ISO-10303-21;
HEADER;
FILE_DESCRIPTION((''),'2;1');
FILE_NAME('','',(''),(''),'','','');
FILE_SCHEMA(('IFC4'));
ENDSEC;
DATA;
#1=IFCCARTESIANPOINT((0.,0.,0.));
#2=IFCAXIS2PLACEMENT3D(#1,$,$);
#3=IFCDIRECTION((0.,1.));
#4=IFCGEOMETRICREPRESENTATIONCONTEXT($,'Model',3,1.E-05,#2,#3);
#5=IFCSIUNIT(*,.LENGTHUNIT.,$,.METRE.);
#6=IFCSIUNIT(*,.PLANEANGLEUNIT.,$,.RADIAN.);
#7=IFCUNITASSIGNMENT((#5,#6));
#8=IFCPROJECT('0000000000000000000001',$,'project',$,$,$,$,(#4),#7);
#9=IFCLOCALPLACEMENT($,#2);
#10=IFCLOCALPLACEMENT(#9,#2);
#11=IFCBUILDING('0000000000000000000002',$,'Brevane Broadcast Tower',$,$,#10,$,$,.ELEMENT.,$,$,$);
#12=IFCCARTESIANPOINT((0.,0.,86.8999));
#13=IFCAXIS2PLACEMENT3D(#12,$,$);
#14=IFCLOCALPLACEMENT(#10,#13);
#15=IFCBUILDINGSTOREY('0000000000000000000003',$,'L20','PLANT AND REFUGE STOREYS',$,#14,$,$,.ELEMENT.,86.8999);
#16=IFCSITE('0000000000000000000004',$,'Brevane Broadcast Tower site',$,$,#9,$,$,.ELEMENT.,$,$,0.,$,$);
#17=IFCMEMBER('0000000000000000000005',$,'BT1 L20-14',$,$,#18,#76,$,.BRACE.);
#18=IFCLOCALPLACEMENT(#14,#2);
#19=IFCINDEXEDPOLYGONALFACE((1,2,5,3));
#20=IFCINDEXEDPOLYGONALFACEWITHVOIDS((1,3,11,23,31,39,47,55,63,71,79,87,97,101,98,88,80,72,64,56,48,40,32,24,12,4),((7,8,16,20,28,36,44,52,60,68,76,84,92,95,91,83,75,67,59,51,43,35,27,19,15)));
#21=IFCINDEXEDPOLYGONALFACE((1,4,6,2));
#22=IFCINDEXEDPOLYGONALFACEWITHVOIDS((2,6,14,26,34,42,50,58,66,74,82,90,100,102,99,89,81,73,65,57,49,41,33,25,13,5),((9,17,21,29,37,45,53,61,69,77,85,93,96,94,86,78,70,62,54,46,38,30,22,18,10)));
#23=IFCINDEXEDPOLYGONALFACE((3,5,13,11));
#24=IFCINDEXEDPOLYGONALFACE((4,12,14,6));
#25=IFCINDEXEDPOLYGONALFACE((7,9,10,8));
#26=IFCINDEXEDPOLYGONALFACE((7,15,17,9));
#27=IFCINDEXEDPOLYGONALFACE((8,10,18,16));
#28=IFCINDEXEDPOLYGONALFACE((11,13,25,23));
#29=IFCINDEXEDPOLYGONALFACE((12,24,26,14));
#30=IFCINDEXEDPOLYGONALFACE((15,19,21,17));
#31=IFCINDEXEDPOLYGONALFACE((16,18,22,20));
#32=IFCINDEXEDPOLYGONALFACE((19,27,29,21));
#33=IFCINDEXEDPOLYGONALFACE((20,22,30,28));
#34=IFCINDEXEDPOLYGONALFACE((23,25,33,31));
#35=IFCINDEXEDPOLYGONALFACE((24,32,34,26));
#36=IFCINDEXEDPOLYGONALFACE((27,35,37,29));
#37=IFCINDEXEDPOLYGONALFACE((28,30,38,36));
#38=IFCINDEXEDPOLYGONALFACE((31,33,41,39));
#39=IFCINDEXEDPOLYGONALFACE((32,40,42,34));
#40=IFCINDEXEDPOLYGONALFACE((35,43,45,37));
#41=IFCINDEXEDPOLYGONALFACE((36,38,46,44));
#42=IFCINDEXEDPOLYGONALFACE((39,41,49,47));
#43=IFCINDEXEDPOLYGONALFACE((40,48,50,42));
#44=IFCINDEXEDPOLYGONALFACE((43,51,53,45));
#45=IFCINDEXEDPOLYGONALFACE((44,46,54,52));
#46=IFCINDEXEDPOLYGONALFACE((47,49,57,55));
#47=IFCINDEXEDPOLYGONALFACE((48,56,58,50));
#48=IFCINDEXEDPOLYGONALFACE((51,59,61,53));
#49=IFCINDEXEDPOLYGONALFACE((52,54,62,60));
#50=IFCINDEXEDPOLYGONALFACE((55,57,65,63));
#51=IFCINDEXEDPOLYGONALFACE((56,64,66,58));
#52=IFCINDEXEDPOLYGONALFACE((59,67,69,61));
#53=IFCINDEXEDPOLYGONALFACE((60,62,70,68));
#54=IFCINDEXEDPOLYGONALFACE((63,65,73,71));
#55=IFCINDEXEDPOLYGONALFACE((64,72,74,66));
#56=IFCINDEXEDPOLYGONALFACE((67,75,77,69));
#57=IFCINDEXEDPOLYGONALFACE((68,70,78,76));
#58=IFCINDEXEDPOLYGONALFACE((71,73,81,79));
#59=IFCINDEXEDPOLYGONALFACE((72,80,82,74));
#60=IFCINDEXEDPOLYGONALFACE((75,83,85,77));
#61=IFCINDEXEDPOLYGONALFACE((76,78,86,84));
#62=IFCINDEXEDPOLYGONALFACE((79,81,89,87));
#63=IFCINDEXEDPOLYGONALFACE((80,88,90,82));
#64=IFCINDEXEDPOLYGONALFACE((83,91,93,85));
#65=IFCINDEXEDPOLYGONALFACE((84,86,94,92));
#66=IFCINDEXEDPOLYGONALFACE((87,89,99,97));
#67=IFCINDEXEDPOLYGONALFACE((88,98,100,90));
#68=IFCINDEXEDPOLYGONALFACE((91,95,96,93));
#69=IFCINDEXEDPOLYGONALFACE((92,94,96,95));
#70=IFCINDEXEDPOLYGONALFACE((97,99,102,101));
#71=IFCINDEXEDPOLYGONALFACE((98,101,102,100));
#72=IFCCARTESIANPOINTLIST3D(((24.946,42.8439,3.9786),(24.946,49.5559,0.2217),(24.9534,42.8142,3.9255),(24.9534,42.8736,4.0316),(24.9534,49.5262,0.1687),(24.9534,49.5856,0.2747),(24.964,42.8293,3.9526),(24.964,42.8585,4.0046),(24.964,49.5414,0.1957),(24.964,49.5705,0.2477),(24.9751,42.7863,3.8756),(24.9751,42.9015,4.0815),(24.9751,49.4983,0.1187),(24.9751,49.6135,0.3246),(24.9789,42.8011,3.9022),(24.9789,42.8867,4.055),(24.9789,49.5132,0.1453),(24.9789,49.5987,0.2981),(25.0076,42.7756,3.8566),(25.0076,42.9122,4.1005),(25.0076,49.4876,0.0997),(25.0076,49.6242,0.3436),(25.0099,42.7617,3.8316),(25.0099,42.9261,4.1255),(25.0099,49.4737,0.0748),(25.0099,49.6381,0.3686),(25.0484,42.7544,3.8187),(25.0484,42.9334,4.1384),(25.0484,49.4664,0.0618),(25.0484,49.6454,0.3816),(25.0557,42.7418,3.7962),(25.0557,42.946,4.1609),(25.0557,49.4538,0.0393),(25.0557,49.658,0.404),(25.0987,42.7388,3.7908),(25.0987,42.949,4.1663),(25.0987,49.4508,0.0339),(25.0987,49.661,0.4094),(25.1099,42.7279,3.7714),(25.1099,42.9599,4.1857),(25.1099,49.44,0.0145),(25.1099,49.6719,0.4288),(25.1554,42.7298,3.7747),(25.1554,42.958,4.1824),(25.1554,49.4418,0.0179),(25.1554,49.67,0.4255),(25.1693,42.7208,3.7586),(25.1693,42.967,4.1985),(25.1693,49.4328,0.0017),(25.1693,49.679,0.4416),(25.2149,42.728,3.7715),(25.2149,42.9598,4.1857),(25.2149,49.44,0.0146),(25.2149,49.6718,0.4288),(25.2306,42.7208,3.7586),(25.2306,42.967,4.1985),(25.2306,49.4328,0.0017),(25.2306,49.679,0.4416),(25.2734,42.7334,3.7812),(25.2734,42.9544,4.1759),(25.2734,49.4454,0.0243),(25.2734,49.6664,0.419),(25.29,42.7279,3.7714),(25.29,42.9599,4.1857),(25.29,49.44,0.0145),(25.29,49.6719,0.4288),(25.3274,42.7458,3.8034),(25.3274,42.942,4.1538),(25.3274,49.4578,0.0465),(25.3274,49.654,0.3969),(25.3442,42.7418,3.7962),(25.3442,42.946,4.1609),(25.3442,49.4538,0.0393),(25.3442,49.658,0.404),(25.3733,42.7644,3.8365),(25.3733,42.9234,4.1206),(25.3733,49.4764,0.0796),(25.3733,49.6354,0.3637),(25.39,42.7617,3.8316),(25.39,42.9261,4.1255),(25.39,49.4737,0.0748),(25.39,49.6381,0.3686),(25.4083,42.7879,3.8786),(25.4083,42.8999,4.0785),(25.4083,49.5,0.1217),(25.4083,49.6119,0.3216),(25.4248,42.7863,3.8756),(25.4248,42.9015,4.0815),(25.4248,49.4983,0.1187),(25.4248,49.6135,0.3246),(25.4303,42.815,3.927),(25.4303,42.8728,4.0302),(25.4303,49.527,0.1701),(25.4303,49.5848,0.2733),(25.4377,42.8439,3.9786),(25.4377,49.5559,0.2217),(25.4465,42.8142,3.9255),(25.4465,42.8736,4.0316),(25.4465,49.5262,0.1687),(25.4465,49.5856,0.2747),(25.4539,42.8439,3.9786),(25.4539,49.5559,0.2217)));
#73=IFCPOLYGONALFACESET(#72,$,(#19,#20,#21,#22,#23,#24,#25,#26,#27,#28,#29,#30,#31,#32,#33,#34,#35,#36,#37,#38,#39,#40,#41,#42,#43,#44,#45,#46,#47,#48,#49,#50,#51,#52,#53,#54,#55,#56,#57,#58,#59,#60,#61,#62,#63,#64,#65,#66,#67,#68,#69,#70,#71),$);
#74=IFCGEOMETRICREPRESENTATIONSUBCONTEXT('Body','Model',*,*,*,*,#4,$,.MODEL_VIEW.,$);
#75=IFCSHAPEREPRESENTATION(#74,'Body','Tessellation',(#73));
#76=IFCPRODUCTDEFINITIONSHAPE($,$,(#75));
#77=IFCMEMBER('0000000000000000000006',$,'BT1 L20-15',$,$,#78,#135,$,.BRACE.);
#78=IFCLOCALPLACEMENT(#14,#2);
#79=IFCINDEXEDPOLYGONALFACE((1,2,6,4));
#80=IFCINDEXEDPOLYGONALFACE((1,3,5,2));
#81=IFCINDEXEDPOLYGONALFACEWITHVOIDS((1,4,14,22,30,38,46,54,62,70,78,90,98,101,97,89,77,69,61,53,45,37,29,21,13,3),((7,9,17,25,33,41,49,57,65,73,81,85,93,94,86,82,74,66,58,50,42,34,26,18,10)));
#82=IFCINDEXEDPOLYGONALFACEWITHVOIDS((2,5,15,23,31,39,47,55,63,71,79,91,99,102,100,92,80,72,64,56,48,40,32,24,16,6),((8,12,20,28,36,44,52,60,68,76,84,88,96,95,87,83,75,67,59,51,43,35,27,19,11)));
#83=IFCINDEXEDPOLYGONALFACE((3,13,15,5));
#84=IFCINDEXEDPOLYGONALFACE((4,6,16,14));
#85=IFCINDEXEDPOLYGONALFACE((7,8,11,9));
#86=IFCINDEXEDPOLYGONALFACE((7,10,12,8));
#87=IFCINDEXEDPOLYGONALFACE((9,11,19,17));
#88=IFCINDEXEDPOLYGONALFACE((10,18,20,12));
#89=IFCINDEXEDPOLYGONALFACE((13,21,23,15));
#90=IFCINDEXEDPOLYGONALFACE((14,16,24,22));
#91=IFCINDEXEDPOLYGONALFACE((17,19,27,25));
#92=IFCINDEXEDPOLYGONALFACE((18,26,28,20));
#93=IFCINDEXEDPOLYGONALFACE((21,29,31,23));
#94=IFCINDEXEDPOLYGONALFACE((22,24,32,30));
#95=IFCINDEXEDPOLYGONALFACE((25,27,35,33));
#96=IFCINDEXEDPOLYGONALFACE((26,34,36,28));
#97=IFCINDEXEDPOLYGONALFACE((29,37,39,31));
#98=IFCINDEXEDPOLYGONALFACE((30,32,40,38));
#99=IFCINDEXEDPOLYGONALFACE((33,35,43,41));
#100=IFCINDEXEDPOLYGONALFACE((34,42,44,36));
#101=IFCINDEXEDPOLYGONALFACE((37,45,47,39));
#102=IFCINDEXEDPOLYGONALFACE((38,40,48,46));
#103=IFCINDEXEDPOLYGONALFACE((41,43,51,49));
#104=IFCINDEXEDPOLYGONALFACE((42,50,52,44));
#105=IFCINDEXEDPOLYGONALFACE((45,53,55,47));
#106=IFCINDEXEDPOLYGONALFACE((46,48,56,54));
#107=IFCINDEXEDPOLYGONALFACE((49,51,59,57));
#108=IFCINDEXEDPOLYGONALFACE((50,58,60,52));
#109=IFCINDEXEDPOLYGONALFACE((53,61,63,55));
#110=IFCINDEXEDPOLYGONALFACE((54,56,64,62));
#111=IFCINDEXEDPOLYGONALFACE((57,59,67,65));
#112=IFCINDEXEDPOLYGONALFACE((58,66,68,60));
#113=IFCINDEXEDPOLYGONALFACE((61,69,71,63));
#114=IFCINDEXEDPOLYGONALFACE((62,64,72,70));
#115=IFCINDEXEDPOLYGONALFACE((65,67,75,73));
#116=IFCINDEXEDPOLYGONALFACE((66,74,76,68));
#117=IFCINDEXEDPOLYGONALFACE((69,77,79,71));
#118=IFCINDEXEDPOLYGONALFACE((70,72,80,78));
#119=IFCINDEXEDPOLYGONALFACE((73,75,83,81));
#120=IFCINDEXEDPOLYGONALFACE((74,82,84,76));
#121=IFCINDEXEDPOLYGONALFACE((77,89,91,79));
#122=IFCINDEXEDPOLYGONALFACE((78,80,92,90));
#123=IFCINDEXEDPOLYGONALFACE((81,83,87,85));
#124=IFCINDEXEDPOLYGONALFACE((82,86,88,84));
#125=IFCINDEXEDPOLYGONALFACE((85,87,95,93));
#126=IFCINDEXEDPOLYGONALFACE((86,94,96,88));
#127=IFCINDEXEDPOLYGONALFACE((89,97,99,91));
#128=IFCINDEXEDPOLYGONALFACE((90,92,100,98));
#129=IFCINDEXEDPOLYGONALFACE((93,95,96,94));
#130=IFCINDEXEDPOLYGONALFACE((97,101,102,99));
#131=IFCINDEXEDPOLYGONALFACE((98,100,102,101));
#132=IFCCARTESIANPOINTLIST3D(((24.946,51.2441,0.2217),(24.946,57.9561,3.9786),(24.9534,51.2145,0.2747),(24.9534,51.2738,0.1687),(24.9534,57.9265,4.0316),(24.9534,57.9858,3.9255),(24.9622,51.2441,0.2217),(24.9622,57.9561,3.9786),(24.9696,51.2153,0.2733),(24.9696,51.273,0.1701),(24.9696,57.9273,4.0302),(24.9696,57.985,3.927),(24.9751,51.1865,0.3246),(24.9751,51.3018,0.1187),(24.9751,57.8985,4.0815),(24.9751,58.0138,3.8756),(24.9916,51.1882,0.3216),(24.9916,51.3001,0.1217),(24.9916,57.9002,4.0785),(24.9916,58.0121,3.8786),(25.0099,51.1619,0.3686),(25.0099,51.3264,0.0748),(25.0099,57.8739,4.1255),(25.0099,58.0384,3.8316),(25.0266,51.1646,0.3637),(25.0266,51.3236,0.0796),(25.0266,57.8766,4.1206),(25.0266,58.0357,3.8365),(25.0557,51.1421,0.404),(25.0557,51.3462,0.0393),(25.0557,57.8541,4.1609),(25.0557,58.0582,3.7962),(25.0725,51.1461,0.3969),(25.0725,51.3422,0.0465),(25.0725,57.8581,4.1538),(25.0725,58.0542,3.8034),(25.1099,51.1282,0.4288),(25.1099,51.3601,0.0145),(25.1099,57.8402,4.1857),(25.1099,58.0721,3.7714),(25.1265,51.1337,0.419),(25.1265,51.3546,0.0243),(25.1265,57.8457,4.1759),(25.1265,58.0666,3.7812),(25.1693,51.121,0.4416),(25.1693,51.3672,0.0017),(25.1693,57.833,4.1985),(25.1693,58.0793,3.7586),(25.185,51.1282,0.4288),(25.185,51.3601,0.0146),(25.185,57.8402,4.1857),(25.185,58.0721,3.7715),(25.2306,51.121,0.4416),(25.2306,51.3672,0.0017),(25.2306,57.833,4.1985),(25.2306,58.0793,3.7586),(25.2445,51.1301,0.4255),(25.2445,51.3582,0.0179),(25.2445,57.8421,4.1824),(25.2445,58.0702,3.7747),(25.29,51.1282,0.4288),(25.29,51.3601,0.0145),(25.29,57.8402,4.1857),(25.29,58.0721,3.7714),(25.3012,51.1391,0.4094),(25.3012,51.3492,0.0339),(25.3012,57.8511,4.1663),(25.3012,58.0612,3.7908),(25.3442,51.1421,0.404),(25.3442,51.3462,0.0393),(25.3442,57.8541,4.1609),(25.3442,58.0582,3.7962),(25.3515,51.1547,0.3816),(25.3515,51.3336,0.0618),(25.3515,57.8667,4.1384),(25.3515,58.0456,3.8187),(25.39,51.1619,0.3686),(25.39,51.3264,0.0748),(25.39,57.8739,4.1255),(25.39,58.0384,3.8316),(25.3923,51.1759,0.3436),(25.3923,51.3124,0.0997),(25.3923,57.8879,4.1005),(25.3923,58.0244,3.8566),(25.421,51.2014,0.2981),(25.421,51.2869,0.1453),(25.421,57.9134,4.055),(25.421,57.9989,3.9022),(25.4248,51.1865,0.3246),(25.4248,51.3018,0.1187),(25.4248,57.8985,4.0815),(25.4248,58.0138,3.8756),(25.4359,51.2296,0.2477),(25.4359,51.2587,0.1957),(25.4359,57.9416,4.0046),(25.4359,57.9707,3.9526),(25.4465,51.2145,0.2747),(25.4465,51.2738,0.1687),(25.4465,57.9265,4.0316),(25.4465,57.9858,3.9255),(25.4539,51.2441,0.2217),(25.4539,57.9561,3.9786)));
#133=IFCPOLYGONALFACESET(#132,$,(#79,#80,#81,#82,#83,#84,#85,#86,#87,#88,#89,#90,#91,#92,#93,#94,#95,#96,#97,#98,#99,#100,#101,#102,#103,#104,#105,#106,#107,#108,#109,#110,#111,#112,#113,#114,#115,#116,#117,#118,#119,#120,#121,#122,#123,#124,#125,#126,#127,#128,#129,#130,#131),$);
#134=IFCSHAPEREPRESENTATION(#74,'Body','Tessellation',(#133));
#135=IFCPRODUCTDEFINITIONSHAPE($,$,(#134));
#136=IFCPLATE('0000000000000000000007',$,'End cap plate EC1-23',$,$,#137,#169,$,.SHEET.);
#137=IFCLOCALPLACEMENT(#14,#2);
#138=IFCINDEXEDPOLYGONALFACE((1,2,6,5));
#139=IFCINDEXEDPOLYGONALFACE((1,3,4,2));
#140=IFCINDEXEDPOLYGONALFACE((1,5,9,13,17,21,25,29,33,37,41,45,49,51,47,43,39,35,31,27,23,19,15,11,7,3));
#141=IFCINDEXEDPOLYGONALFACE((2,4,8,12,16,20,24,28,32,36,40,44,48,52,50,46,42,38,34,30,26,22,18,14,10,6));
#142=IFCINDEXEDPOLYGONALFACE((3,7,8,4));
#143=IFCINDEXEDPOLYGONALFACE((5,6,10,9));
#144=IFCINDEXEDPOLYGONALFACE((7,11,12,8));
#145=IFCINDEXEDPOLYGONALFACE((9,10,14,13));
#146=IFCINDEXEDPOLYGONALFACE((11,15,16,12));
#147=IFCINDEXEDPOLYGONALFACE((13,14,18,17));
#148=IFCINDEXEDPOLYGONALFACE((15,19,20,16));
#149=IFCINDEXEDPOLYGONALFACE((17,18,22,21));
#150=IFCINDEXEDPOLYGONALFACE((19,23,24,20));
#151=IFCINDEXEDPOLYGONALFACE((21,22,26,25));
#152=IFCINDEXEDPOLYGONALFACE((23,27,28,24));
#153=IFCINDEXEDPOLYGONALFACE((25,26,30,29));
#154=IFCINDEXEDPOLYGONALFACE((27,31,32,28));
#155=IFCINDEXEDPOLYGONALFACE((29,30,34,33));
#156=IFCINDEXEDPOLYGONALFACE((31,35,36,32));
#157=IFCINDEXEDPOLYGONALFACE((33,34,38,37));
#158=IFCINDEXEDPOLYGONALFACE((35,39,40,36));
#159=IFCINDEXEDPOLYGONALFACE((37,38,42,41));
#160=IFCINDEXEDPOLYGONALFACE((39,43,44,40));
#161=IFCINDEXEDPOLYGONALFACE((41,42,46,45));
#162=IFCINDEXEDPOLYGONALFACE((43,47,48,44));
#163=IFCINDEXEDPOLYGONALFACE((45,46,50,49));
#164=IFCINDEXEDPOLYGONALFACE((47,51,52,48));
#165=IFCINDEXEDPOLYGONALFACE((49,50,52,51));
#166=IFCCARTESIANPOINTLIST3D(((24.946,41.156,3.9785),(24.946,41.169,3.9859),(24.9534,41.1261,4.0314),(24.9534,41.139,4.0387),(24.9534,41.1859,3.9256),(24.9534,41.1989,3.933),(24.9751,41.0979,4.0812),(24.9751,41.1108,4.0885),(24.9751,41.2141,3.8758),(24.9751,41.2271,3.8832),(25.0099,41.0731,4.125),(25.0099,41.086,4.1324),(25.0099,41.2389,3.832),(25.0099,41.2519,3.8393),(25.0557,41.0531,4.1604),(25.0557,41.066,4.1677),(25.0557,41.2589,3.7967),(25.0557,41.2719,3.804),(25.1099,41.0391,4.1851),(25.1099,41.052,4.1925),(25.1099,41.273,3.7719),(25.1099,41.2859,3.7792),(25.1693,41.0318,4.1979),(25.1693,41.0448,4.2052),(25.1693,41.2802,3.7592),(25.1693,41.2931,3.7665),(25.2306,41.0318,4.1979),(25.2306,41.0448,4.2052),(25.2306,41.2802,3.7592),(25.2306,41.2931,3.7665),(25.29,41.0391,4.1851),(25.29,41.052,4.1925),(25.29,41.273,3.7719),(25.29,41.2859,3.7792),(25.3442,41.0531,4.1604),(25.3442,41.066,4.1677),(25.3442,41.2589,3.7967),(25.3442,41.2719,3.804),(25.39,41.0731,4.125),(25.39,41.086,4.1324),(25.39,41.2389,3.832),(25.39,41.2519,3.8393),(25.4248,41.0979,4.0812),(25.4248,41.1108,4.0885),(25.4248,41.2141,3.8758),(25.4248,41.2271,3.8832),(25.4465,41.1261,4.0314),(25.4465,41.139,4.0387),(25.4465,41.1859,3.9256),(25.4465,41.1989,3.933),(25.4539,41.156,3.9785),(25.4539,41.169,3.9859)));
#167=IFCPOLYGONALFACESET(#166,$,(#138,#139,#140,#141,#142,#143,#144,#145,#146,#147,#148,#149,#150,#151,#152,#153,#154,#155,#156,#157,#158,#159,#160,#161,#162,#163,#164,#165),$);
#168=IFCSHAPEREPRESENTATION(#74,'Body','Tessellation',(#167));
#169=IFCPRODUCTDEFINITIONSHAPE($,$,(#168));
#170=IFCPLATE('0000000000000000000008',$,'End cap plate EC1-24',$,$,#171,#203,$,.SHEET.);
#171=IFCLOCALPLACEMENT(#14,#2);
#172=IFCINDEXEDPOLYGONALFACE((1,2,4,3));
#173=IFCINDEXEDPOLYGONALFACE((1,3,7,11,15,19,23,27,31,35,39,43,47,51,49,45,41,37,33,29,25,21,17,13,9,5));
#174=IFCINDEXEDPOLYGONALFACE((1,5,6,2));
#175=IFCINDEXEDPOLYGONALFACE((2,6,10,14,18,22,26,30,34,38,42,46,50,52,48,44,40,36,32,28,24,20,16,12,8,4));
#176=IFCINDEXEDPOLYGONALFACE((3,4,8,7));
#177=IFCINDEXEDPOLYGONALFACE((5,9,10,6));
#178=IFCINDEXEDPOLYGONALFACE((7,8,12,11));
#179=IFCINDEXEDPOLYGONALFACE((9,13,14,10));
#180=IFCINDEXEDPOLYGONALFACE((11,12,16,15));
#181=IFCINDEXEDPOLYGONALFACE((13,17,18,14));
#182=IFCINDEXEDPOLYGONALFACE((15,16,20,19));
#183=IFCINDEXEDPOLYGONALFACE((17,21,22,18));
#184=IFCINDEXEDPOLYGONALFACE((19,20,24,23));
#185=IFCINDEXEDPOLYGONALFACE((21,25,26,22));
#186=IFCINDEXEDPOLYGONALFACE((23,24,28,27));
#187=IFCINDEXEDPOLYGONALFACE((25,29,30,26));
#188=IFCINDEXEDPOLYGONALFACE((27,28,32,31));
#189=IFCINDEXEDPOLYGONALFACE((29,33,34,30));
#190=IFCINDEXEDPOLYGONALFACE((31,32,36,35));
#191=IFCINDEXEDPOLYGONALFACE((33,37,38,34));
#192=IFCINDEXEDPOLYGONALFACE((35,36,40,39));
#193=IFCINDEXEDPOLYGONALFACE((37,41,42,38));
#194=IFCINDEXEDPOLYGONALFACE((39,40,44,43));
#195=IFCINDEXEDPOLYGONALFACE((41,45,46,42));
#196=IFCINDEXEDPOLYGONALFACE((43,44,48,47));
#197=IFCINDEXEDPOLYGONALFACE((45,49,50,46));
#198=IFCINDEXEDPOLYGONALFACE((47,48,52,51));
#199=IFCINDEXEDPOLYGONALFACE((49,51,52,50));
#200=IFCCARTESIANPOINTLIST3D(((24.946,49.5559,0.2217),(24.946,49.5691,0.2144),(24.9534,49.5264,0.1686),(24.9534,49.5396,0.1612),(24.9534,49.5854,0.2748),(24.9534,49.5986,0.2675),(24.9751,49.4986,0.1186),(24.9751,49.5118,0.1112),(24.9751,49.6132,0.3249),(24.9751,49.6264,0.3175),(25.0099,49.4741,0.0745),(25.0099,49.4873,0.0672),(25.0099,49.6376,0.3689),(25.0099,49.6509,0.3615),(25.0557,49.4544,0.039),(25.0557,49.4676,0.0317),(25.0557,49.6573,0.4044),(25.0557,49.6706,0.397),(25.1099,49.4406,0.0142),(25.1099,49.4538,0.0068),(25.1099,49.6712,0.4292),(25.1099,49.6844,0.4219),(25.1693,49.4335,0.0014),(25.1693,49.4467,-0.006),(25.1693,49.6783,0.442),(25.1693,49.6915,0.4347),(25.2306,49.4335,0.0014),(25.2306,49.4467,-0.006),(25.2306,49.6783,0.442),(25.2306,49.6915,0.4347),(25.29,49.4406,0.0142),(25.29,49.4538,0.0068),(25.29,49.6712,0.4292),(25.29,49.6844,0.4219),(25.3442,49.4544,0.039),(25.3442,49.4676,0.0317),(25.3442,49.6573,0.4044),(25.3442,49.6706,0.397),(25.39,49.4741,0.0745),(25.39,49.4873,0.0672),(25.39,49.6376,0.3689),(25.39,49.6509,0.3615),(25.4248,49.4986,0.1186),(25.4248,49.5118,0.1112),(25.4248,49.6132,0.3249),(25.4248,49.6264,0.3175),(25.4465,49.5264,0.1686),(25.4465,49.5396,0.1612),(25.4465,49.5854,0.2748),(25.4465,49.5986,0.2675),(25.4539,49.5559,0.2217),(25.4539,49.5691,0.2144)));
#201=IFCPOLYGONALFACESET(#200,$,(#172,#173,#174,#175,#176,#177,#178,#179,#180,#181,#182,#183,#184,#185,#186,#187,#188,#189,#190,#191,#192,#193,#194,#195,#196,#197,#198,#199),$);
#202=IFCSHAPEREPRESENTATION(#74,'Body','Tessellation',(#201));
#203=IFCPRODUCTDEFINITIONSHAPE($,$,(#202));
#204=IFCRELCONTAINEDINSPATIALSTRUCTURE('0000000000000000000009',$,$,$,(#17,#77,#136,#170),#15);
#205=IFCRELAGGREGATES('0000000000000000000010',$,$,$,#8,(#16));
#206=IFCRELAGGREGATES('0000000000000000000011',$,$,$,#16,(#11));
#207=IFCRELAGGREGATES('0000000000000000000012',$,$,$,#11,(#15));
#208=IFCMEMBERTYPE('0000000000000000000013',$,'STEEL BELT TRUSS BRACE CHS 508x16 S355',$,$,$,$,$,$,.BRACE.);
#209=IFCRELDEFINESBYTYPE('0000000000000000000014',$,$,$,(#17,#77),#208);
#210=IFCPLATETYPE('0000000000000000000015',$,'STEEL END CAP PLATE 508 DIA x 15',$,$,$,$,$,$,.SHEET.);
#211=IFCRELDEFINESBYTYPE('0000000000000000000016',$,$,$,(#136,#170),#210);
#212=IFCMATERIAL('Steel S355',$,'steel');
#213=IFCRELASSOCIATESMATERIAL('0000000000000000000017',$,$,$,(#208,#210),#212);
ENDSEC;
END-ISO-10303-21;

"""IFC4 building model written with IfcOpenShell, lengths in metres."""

from ifc_helpers import new_model, si_unit, direction, frame, origin, origin_2d, place, context, subcontext, project, spatial, circle, hollow_circle, extrude, material, material_profile, profile_set, type_object, element, save


model = new_model("IFC4")

# Units and contexts
model_context = context("Model", 3, precision=1e-05, world=origin(), true_north=direction((0.0, 1.0)))
body_context = subcontext(model_context, "Body", "Model", "MODEL_VIEW")
ifc_project = project(units=[si_unit("LENGTHUNIT", "METRE"), si_unit("PLANEANGLEUNIT", "RADIAN")], contexts=[model_context])

# Site, building, storey
site_placement = place(None, origin())
site = spatial("IfcSite", under=ifc_project, at=site_placement, Name="Brevane Broadcast Tower site", CompositionType="ELEMENT", RefElevation=0.0)
building_placement = place(site_placement, origin())
building = spatial("IfcBuilding", under=site, at=building_placement, Name="Brevane Broadcast Tower", CompositionType="ELEMENT")
storey_placement = place(building_placement, frame((0.0, 0.0, 86.8999)))
storey = spatial("IfcBuildingStorey", under=building, at=storey_placement, Name="L20", Description="PLANT AND REFUGE STOREYS", CompositionType="ELEMENT", Elevation=86.8999)

# Members
ifc_material_1 = material(Name="Steel S355", Category="steel")
ifc_material_profile_1 = material_profile(ifc_material_1, hollow_circle(Radius=0.2539, WallThickness=0.0161, at=origin_2d()), Name="CHS 508x16")
ifc_profile_set_1 = profile_set([ifc_material_profile_1], Name="Steel S355")
member_type_1 = type_object("IfcMemberType", Name="STEEL BELT TRUSS BRACE CHS 508x16 S355", PredefinedType="BRACE", material=ifc_profile_set_1)
for number, where, z_axis, x_axis, name in (
    (1, (25.2, 49.5559, 0.2217), (0.0, -0.872608, 0.488422), (1.0, 0.0, 0.0), "BT1 L20-14"),
    (2, (25.2, 51.2441, 0.2217), (0.0, 0.872608, 0.488422), (-1.0, 0.0, 0.0), "BT1 L20-15"),
):
    element("IfcMember", number, at=place(storey_placement, frame(where, z_axis=z_axis, x_axis=x_axis)), inside=storey, type_object=member_type_1, Name=name, PredefinedType="BRACE", context=body_context, shape_type="SweptSolid", body=[
        extrude(hollow_circle(Radius=0.2539, WallThickness=0.0161, at=origin_2d()), origin(), (0.0, 0.0, 1.0), 7.6919),
    ])

# Plates
ifc_material_profile_2 = material_profile(ifc_material_1, circle(Radius=0.2539, at=origin_2d()), Name="PL 508 DIA x 15")
ifc_profile_set_2 = profile_set([ifc_material_profile_2], Name="Steel S355")
plate_type = type_object("IfcPlateType", Name="STEEL END CAP PLATE 508 DIA x 15", PredefinedType="SHEET", material=ifc_profile_set_2)
plate_1_placement = place(storey_placement, frame((25.2, 41.156, 3.9785), z_axis=(0.0, 0.870257, 0.492598), x_axis=(-1.0, 0.0, 0.0)))
element("IfcPlate", 3, at=plate_1_placement, inside=storey, type_object=plate_type, Name="End cap plate EC1-23", PredefinedType="SHEET", context=body_context, shape_type="SweptSolid", body=[
    extrude(circle(Radius=0.2539, at=origin_2d()), origin(), (0.0, 0.0, 1.0), 0.0149),
])
plate_2_placement = place(storey_placement, frame((25.2, 49.5691, 0.2144), z_axis=(0.0, -0.874157, 0.485643), x_axis=(1.0, 0.0, 0.0)))
element("IfcPlate", 4, at=plate_2_placement, inside=storey, type_object=plate_type, Name="End cap plate EC1-24", PredefinedType="SHEET", context=body_context, shape_type="SweptSolid", body=[
    extrude(circle(Radius=0.2539, at=origin_2d()), origin(), (0.0, 0.0, 1.0), 0.0151),
])

save(model, "model.ifc")
